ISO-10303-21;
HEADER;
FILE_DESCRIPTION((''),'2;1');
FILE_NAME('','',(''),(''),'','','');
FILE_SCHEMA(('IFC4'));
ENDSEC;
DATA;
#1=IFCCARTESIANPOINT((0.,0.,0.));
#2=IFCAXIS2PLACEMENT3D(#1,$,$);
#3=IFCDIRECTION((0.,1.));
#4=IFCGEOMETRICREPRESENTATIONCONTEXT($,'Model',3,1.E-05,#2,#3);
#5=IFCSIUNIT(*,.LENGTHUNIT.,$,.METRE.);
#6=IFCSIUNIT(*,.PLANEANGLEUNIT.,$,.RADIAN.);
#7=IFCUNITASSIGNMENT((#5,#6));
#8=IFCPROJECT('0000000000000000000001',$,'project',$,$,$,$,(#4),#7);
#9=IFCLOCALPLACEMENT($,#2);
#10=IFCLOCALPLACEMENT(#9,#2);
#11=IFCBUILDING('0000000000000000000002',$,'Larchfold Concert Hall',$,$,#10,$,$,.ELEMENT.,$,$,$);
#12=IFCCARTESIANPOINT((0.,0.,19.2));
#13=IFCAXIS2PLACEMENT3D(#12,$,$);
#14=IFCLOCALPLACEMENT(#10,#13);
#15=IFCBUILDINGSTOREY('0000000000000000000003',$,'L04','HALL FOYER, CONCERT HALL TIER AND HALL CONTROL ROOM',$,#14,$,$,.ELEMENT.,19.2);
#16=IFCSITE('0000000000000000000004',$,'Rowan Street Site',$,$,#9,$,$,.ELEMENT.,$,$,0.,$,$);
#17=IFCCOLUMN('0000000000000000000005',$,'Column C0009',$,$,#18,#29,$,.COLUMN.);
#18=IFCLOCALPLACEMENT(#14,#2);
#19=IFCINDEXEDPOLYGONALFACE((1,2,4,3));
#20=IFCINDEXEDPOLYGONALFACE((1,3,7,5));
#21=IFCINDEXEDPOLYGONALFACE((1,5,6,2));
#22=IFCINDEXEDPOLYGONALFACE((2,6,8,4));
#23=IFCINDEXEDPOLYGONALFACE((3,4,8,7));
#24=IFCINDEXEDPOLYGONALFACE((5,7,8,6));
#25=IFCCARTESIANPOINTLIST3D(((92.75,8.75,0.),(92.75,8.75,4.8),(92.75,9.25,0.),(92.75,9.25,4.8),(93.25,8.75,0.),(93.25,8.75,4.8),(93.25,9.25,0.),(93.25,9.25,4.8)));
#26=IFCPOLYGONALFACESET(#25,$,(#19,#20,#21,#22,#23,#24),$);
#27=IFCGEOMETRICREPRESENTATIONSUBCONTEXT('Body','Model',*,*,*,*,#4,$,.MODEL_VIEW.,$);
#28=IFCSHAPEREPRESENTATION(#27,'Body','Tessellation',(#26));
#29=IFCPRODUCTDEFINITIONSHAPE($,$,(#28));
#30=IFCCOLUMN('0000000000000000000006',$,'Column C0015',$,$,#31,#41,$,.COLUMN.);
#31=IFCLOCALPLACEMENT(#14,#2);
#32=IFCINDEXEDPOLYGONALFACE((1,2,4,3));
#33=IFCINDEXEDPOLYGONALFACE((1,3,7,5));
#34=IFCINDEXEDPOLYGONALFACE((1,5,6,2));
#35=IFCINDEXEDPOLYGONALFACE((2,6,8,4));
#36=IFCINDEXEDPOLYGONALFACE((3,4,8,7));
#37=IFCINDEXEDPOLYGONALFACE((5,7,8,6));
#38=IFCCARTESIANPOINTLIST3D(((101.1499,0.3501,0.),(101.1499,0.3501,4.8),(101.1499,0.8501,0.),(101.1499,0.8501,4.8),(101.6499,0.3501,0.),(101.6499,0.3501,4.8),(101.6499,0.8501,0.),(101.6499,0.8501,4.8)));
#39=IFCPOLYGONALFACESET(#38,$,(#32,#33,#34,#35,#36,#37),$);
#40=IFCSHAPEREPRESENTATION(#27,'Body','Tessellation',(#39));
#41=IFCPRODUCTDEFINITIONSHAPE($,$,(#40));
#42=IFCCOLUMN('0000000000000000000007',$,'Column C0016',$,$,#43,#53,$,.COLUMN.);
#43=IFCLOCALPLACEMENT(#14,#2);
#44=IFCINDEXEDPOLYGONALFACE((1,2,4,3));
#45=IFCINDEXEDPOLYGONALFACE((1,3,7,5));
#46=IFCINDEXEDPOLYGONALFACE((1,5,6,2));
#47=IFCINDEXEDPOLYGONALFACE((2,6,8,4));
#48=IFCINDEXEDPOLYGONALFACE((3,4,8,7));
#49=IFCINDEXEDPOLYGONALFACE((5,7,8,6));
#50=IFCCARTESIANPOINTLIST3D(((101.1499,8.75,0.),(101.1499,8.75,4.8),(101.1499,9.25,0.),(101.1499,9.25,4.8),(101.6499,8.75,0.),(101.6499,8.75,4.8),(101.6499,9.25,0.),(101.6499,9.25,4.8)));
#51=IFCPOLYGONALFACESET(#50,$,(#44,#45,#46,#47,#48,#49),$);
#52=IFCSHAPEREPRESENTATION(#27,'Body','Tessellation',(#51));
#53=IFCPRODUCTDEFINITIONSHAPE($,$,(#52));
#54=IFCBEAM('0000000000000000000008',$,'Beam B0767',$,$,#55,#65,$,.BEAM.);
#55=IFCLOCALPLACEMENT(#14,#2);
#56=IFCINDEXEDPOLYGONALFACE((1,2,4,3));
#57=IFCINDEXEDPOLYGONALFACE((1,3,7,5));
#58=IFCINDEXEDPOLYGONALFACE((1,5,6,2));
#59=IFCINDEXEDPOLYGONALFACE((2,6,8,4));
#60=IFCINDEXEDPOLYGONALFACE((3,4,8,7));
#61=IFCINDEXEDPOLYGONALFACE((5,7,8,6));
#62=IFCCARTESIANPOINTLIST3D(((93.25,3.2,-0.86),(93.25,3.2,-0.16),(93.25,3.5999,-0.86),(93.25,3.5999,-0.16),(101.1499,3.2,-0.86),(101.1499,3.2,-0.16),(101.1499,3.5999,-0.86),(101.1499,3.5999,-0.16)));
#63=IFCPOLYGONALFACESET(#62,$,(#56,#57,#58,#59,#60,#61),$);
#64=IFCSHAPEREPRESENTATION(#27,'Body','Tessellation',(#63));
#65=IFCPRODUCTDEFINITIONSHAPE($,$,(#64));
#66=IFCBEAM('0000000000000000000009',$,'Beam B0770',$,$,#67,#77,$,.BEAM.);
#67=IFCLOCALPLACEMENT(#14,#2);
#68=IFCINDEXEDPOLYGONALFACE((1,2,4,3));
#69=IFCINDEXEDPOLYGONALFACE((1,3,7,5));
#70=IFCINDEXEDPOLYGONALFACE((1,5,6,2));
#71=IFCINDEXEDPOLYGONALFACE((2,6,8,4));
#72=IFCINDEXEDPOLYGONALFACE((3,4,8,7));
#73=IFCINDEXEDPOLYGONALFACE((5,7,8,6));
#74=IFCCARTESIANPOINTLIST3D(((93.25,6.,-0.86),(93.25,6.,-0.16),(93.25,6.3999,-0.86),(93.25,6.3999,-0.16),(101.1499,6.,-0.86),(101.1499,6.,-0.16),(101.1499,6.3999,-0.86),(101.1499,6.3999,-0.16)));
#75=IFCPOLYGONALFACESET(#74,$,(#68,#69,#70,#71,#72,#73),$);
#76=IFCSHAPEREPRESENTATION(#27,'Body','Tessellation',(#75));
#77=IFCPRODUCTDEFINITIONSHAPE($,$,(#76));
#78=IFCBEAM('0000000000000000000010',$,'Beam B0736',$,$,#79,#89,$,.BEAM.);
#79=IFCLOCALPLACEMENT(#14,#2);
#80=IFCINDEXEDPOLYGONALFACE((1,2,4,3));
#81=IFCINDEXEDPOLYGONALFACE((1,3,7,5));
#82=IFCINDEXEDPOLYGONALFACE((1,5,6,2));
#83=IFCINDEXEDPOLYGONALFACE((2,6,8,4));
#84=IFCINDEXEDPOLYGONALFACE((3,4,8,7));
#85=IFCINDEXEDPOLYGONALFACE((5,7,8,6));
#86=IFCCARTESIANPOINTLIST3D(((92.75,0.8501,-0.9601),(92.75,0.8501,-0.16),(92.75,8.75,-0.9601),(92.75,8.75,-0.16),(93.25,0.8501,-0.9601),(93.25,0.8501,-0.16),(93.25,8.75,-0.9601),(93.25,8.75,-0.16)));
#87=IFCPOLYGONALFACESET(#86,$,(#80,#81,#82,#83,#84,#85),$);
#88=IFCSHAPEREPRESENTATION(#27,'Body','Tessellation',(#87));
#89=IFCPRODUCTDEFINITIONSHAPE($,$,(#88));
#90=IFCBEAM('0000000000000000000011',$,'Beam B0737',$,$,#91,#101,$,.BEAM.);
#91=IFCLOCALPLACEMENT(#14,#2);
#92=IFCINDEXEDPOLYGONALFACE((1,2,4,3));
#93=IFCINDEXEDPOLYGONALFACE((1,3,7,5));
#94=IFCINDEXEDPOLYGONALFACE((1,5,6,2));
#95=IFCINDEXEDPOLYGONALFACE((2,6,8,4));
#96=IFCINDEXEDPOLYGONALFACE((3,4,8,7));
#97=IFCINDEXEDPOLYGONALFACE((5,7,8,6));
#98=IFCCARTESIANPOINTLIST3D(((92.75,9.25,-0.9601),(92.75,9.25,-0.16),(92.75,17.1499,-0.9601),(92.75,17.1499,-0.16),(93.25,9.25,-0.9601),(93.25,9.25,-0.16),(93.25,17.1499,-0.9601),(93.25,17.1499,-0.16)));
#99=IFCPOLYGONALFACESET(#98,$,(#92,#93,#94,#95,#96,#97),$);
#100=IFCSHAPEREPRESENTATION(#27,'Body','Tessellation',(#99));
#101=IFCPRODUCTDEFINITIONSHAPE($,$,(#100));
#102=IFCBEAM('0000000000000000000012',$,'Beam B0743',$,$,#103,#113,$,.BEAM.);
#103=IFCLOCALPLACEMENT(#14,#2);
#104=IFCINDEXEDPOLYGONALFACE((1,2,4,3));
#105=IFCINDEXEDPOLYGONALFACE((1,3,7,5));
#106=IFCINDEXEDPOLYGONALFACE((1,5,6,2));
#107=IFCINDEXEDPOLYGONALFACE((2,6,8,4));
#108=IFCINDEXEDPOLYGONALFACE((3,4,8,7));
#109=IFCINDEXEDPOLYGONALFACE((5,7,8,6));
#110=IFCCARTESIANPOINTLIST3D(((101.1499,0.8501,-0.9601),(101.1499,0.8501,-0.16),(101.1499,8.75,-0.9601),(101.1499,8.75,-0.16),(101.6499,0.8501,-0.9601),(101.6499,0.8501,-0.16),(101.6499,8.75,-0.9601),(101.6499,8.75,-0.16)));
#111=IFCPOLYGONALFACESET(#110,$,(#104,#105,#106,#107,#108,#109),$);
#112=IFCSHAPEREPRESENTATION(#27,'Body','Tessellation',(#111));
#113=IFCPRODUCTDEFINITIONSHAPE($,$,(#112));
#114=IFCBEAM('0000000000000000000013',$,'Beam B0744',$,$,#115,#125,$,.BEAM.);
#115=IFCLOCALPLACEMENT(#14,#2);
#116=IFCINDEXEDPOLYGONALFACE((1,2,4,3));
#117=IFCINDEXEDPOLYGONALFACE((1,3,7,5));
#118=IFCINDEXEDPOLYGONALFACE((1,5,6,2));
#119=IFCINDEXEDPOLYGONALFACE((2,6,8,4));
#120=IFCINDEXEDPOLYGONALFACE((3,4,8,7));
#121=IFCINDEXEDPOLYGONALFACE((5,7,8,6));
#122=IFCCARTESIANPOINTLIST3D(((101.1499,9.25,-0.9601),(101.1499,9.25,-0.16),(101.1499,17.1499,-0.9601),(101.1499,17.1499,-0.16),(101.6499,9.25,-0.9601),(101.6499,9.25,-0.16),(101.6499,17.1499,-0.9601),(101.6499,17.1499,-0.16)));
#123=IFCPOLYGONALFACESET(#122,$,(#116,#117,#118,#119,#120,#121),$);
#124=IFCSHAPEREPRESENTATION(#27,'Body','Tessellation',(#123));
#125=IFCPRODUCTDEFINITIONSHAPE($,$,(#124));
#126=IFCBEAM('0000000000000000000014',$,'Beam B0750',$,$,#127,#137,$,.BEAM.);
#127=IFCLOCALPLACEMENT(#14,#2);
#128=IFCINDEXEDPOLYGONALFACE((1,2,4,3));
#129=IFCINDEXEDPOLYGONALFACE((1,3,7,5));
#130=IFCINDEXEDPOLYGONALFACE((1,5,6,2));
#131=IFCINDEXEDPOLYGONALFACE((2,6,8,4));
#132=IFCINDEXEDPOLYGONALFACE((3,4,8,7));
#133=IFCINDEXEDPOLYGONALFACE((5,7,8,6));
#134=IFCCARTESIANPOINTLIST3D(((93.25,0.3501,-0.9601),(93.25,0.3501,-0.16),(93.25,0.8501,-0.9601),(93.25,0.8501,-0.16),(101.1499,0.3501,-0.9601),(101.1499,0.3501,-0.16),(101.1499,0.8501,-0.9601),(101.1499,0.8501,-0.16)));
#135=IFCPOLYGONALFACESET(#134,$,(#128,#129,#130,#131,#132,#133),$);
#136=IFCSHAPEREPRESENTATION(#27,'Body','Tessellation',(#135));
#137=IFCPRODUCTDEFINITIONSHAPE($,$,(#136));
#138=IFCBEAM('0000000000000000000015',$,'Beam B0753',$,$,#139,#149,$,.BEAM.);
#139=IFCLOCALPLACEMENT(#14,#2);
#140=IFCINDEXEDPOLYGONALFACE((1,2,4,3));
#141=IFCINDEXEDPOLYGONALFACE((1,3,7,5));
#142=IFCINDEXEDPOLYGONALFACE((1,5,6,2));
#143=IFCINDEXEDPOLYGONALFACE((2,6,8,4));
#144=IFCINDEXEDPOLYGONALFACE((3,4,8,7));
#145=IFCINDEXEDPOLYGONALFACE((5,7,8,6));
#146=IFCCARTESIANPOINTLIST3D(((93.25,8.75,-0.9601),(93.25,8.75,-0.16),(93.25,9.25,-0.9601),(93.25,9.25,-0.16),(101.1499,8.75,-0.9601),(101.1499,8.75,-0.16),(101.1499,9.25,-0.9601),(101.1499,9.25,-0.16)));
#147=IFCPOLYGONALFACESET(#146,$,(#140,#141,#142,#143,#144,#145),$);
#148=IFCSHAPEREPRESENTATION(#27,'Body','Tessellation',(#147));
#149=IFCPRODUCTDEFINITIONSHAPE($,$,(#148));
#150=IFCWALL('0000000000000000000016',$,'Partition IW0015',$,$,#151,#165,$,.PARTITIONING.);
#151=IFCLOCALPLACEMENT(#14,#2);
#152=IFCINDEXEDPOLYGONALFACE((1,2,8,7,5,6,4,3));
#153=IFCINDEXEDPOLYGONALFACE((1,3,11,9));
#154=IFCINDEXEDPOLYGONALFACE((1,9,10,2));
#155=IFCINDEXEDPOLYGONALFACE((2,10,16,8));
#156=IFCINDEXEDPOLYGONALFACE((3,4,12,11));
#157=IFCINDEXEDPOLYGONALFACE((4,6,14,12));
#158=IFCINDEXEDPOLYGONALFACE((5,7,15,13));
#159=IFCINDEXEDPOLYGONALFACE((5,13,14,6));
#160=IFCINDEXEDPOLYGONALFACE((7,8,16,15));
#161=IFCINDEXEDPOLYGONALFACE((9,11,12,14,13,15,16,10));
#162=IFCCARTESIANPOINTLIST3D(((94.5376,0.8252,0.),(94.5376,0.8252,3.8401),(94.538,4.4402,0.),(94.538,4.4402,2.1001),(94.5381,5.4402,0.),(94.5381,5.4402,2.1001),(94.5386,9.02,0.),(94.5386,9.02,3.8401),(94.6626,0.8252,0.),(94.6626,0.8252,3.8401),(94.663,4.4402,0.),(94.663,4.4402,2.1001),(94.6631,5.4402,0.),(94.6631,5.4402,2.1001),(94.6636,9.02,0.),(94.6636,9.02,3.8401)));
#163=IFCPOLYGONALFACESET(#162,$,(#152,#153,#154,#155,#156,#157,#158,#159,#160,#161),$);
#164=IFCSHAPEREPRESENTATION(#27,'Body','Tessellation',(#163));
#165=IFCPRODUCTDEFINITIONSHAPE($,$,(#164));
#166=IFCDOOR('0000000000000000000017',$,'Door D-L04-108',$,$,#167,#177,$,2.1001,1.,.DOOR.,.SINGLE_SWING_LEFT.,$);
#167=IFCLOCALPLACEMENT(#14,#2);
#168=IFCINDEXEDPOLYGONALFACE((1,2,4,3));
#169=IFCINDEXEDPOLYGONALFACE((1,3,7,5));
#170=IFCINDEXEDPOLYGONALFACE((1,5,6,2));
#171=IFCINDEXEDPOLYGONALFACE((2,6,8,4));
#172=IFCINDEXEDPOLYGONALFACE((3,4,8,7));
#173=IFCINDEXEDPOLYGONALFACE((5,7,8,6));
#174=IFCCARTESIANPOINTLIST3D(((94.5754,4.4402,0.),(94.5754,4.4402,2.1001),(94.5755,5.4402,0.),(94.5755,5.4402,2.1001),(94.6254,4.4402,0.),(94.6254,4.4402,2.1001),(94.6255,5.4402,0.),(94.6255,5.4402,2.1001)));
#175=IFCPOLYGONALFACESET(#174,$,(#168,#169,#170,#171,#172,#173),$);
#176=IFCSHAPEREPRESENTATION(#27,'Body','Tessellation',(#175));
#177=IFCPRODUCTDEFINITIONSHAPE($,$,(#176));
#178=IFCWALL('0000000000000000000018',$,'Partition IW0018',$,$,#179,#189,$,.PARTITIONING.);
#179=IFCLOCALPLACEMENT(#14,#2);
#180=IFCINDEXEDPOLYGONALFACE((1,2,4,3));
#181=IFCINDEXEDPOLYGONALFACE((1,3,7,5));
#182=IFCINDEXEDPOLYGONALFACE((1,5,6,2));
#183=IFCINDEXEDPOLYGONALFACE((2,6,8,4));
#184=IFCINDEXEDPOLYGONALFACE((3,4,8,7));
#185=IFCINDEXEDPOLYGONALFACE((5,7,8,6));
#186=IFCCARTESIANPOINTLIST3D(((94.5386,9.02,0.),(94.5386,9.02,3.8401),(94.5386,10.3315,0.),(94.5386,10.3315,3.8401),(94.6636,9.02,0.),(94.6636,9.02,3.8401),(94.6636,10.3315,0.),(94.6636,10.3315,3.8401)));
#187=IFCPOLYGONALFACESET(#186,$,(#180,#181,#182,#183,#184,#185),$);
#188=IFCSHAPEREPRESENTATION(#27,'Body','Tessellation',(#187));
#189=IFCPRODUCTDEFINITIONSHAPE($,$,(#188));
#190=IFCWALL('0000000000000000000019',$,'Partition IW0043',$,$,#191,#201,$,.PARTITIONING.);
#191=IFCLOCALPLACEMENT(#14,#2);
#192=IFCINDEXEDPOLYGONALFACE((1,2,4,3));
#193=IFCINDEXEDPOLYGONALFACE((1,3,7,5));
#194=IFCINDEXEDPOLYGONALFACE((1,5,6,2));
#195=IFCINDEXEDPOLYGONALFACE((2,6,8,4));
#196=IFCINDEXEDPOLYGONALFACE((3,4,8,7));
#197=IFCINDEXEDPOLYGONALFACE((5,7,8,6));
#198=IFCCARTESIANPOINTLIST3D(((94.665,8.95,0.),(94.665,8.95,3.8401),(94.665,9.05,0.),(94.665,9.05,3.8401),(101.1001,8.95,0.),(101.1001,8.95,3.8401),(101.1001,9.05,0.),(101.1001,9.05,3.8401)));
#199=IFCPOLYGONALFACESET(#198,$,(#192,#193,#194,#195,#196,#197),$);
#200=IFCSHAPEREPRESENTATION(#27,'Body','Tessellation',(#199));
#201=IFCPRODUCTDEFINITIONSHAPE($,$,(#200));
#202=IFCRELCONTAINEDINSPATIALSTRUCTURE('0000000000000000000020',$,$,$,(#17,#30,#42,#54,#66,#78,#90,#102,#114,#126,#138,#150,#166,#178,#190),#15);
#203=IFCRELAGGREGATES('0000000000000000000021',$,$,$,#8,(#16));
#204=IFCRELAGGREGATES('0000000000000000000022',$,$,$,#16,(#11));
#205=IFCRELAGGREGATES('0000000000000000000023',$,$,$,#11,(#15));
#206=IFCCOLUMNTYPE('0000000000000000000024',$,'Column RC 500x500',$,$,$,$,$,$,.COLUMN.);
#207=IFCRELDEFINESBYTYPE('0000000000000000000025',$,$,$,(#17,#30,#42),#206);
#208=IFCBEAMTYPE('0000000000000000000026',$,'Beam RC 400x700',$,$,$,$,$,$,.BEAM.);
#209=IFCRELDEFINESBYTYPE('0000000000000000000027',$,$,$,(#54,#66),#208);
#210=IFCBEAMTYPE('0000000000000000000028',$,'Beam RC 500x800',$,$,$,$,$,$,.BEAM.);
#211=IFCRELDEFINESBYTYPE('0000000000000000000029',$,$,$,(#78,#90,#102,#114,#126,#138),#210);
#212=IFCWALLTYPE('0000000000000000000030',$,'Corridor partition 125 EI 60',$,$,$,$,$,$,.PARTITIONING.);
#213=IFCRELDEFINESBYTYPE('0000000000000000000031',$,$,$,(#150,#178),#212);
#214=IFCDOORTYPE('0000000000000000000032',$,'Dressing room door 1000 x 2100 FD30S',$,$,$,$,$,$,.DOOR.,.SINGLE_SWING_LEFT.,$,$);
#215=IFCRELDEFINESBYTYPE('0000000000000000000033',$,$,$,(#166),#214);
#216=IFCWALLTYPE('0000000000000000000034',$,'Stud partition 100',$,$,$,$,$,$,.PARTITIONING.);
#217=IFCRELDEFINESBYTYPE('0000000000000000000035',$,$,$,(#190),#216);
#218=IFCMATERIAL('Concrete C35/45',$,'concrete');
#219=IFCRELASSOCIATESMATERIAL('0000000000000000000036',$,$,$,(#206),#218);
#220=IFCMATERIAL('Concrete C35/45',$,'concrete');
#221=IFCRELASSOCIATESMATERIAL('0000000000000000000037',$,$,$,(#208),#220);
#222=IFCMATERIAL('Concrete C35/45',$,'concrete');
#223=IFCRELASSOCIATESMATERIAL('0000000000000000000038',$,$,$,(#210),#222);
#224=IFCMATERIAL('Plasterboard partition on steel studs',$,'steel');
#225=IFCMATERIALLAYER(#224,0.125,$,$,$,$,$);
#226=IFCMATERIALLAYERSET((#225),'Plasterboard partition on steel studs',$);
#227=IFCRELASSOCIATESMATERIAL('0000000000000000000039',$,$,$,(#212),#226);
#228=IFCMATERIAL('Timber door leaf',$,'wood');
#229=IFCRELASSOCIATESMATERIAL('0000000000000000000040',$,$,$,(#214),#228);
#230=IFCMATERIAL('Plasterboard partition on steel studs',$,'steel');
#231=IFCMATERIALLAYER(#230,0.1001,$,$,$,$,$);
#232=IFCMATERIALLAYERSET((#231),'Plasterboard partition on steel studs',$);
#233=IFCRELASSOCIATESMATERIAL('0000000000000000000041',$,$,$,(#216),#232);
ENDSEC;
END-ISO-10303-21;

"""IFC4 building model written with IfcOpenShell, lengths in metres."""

from ifc_helpers import new_model, si_unit, direction, frame, frame_2d, origin, origin_2d, place, context, subcontext, project, spatial, rectangle, extrude, material, layer, layer_set, material_profile, profile_set, type_object, element, fill, save


model = new_model("IFC4")

# Units and contexts
model_context = context("Model", 3, precision=1e-05, world=origin(), true_north=direction((0.0, 1.0)))
body_context = subcontext(model_context, "Body", "Model", "MODEL_VIEW")
ifc_project = project(units=[si_unit("LENGTHUNIT", "METRE"), si_unit("PLANEANGLEUNIT", "RADIAN")], contexts=[model_context])

# Site, building, storey
site_placement = place(None, origin())
site = spatial("IfcSite", under=ifc_project, at=site_placement, Name="Rowan Street Site", CompositionType="ELEMENT", RefElevation=0.0)
building_placement = place(site_placement, origin())
building = spatial("IfcBuilding", under=site, at=building_placement, Name="Larchfold Concert Hall", CompositionType="ELEMENT")
storey_placement = place(building_placement, frame((0.0, 0.0, 19.2)))
storey = spatial("IfcBuildingStorey", under=building, at=storey_placement, Name="L04", Description="HALL FOYER, CONCERT HALL TIER AND HALL CONTROL ROOM", CompositionType="ELEMENT", Elevation=19.2)

# Columns
ifc_material_1 = material(Name="Concrete C35/45", Category="concrete")
ifc_material_profile_1 = material_profile(ifc_material_1, rectangle(XDim=0.5, YDim=0.5, at=origin_2d()))
ifc_profile_set_1 = profile_set([ifc_material_profile_1], Name="Concrete C35/45")
column_type = type_object("IfcColumnType", Name="Column RC 500x500", PredefinedType="COLUMN", material=ifc_profile_set_1)
for number, where, z_axis, x_axis, name in (
    (1, (93.0, 9.0, 0.0), (0.0, 0.0, 1.0), (1.0, 0.0, 0.0), "Column C0009"),
    (2, (101.3999, 0.6001, 0.0), (0.0, 0.0, 1.0), (1.0, 0.0, 0.0), "Column C0015"),
    (3, (101.3999, 9.0, 0.0), (0.0, 0.0, 1.0), (1.0, 0.0, 0.0), "Column C0016"),
):
    element("IfcColumn", number, at=place(storey_placement, frame(where, z_axis=z_axis, x_axis=x_axis)), inside=storey, type_object=column_type, Name=name, PredefinedType="COLUMN", context=body_context, shape_type="SweptSolid", body=[
        extrude(rectangle(XDim=0.5, YDim=0.5, at=origin_2d()), origin(), (0.0, 0.0, 1.0), 4.8),
    ])

# Beams
ifc_material_2 = material(Name="Concrete C35/45", Category="concrete")
ifc_material_profile_2 = material_profile(ifc_material_2, rectangle(XDim=0.3999, YDim=0.7, at=origin_2d()))
ifc_profile_set_2 = profile_set([ifc_material_profile_2], Name="Concrete C35/45")
beam_type_1 = type_object("IfcBeamType", Name="Beam RC 400x700", PredefinedType="BEAM", material=ifc_profile_set_2)
for number, where, z_axis, x_axis, name in (
    (4, (93.25, 3.3999, -0.51), (1.0, 0.0, 0.0), (0.0, 1.0, 0.0), "Beam B0767"),
    (5, (93.25, 6.2, -0.51), (1.0, 0.0, 0.0), (0.0, 1.0, 0.0), "Beam B0770"),
):
    element("IfcBeam", number, at=place(storey_placement, frame(where, z_axis=z_axis, x_axis=x_axis)), inside=storey, type_object=beam_type_1, Name=name, PredefinedType="BEAM", context=body_context, shape_type="SweptSolid", body=[
        extrude(rectangle(XDim=0.3999, YDim=0.7, at=origin_2d()), origin(), (0.0, 0.0, 1.0), 7.8999),
    ])
ifc_material_3 = material(Name="Concrete C35/45", Category="concrete")
ifc_material_profile_3 = material_profile(ifc_material_3, rectangle(XDim=0.5, YDim=0.8, at=origin_2d()))
ifc_profile_set_3 = profile_set([ifc_material_profile_3], Name="Concrete C35/45")
beam_type_2 = type_object("IfcBeamType", Name="Beam RC 500x800", PredefinedType="BEAM", material=ifc_profile_set_3)
for number, where, z_axis, x_axis, name in (
    (6, (93.0, 0.8501, -0.5601), (0.0, 1.0, 0.0), (-1.0, 0.0, 0.0), "Beam B0736"),
    (7, (93.0, 9.25, -0.5601), (0.0, 1.0, 0.0), (-1.0, 0.0, 0.0), "Beam B0737"),
    (8, (101.3999, 0.8501, -0.5601), (0.0, 1.0, 0.0), (-1.0, 0.0, 0.0), "Beam B0743"),
    (9, (101.3999, 9.25, -0.5601), (0.0, 1.0, 0.0), (-1.0, 0.0, 0.0), "Beam B0744"),
    (10, (93.25, 0.6001, -0.5601), (1.0, 0.0, 0.0), (0.0, 1.0, 0.0), "Beam B0750"),
    (11, (93.25, 9.0, -0.5601), (1.0, 0.0, 0.0), (0.0, 1.0, 0.0), "Beam B0753"),
):
    element("IfcBeam", number, at=place(storey_placement, frame(where, z_axis=z_axis, x_axis=x_axis)), inside=storey, type_object=beam_type_2, Name=name, PredefinedType="BEAM", context=body_context, shape_type="SweptSolid", body=[
        extrude(rectangle(XDim=0.5, YDim=0.8, at=origin_2d()), origin(), (0.0, 0.0, 1.0), 7.8999),
    ])

# Wall, opening, door
ifc_material_4 = material(Name="Plasterboard partition on steel studs", Category="steel")
ifc_layer_1 = layer(ifc_material_4, 0.125)
ifc_layer_set_1 = layer_set([ifc_layer_1], Name="Plasterboard partition on steel studs")
wall_type_1 = type_object("IfcWallType", Name="Corridor partition 125 EI 60", PredefinedType="PARTITIONING", material=ifc_layer_set_1)
wall_1_placement = place(storey_placement, frame((94.6011, 9.02, 0.0), z_axis=(0.0, 0.0, 1.0), x_axis=(-0.000119, -1.0, 0.0)))
wall_1 = element("IfcWall", 12, at=wall_1_placement, inside=storey, type_object=wall_type_1, Name="Partition IW0015", PredefinedType="PARTITIONING", context=body_context, shape_type="SweptSolid", body=[
    extrude(rectangle(XDim=8.1948, YDim=0.125, at=frame_2d((4.0974, 0.0))), origin(), (0.0, 0.0, 1.0), 3.8401),
])
opening_1_placement = place(wall_1_placement, frame((3.5798, 0.0, 0.0)))
opening_1 = element("IfcOpeningElement", 13, at=opening_1_placement, cuts=wall_1, PredefinedType="OPENING", context=body_context, shape_type="SweptSolid", body=[
    extrude(rectangle(XDim=1.0, YDim=2.1001, at=frame_2d((0.5, 1.05))), frame((0.0, 0.0725, 0.0), z_axis=(0.0, -1.0, 0.0), x_axis=(1.0, 0.0, 0.0)), (0.0, 0.0, 1.0), 0.145),
])
ifc_material_5 = material(Name="Timber door leaf", Category="wood")
door_type = type_object("IfcDoorType", Name="Dressing room door 1000 x 2100 FD30S", OperationType="SINGLE_SWING_LEFT", PredefinedType="DOOR", material=ifc_material_5)
door_placement = place(opening_1_placement, origin())
door = element("IfcDoor", 14, at=door_placement, inside=storey, type_object=door_type, Name="Door D-L04-108", OperationType="SINGLE_SWING_LEFT", OverallHeight=2.1001, OverallWidth=1.0, PredefinedType="DOOR", context=body_context, shape_type="SweptSolid", body=[
    extrude(rectangle(XDim=1.0, YDim=2.1001, at=frame_2d((0.5, 1.05))), frame((0.0, 0.0249, 0.0), z_axis=(0.0, -1.0, 0.0), x_axis=(1.0, 0.0, 0.0)), (0.0, 0.0, 1.0), 0.05),
])
fill(opening_1, door)

# Walls
wall_2_placement = place(storey_placement, frame((94.6011, 10.3315, 0.0), z_axis=(0.0, 0.0, 1.0), x_axis=(0.0, -1.0, 0.0)))
element("IfcWall", 15, at=wall_2_placement, inside=storey, type_object=wall_type_1, Name="Partition IW0018", PredefinedType="PARTITIONING", context=body_context, shape_type="SweptSolid", body=[
    extrude(rectangle(XDim=1.3115, YDim=0.125, at=frame_2d((0.6558, 0.0))), origin(), (0.0, 0.0, 1.0), 3.8401),
])
ifc_material_6 = material(Name="Plasterboard partition on steel studs", Category="steel")
ifc_layer_2 = layer(ifc_material_6, 0.1001)
ifc_layer_set_2 = layer_set([ifc_layer_2], Name="Plasterboard partition on steel studs")
wall_type_2 = type_object("IfcWallType", Name="Stud partition 100", PredefinedType="PARTITIONING", material=ifc_layer_set_2)
wall_3_placement = place(storey_placement, frame((94.665, 9.0, 0.0), z_axis=(0.0, 0.0, 1.0), x_axis=(1.0, 0.0, 0.0)))
element("IfcWall", 16, at=wall_3_placement, inside=storey, type_object=wall_type_2, Name="Partition IW0043", PredefinedType="PARTITIONING", context=body_context, shape_type="SweptSolid", body=[
    extrude(rectangle(XDim=6.4351, YDim=0.1001, at=frame_2d((3.2175, 0.0))), origin(), (0.0, 0.0, 1.0), 3.8401),
])

save(model, "model.ifc")
